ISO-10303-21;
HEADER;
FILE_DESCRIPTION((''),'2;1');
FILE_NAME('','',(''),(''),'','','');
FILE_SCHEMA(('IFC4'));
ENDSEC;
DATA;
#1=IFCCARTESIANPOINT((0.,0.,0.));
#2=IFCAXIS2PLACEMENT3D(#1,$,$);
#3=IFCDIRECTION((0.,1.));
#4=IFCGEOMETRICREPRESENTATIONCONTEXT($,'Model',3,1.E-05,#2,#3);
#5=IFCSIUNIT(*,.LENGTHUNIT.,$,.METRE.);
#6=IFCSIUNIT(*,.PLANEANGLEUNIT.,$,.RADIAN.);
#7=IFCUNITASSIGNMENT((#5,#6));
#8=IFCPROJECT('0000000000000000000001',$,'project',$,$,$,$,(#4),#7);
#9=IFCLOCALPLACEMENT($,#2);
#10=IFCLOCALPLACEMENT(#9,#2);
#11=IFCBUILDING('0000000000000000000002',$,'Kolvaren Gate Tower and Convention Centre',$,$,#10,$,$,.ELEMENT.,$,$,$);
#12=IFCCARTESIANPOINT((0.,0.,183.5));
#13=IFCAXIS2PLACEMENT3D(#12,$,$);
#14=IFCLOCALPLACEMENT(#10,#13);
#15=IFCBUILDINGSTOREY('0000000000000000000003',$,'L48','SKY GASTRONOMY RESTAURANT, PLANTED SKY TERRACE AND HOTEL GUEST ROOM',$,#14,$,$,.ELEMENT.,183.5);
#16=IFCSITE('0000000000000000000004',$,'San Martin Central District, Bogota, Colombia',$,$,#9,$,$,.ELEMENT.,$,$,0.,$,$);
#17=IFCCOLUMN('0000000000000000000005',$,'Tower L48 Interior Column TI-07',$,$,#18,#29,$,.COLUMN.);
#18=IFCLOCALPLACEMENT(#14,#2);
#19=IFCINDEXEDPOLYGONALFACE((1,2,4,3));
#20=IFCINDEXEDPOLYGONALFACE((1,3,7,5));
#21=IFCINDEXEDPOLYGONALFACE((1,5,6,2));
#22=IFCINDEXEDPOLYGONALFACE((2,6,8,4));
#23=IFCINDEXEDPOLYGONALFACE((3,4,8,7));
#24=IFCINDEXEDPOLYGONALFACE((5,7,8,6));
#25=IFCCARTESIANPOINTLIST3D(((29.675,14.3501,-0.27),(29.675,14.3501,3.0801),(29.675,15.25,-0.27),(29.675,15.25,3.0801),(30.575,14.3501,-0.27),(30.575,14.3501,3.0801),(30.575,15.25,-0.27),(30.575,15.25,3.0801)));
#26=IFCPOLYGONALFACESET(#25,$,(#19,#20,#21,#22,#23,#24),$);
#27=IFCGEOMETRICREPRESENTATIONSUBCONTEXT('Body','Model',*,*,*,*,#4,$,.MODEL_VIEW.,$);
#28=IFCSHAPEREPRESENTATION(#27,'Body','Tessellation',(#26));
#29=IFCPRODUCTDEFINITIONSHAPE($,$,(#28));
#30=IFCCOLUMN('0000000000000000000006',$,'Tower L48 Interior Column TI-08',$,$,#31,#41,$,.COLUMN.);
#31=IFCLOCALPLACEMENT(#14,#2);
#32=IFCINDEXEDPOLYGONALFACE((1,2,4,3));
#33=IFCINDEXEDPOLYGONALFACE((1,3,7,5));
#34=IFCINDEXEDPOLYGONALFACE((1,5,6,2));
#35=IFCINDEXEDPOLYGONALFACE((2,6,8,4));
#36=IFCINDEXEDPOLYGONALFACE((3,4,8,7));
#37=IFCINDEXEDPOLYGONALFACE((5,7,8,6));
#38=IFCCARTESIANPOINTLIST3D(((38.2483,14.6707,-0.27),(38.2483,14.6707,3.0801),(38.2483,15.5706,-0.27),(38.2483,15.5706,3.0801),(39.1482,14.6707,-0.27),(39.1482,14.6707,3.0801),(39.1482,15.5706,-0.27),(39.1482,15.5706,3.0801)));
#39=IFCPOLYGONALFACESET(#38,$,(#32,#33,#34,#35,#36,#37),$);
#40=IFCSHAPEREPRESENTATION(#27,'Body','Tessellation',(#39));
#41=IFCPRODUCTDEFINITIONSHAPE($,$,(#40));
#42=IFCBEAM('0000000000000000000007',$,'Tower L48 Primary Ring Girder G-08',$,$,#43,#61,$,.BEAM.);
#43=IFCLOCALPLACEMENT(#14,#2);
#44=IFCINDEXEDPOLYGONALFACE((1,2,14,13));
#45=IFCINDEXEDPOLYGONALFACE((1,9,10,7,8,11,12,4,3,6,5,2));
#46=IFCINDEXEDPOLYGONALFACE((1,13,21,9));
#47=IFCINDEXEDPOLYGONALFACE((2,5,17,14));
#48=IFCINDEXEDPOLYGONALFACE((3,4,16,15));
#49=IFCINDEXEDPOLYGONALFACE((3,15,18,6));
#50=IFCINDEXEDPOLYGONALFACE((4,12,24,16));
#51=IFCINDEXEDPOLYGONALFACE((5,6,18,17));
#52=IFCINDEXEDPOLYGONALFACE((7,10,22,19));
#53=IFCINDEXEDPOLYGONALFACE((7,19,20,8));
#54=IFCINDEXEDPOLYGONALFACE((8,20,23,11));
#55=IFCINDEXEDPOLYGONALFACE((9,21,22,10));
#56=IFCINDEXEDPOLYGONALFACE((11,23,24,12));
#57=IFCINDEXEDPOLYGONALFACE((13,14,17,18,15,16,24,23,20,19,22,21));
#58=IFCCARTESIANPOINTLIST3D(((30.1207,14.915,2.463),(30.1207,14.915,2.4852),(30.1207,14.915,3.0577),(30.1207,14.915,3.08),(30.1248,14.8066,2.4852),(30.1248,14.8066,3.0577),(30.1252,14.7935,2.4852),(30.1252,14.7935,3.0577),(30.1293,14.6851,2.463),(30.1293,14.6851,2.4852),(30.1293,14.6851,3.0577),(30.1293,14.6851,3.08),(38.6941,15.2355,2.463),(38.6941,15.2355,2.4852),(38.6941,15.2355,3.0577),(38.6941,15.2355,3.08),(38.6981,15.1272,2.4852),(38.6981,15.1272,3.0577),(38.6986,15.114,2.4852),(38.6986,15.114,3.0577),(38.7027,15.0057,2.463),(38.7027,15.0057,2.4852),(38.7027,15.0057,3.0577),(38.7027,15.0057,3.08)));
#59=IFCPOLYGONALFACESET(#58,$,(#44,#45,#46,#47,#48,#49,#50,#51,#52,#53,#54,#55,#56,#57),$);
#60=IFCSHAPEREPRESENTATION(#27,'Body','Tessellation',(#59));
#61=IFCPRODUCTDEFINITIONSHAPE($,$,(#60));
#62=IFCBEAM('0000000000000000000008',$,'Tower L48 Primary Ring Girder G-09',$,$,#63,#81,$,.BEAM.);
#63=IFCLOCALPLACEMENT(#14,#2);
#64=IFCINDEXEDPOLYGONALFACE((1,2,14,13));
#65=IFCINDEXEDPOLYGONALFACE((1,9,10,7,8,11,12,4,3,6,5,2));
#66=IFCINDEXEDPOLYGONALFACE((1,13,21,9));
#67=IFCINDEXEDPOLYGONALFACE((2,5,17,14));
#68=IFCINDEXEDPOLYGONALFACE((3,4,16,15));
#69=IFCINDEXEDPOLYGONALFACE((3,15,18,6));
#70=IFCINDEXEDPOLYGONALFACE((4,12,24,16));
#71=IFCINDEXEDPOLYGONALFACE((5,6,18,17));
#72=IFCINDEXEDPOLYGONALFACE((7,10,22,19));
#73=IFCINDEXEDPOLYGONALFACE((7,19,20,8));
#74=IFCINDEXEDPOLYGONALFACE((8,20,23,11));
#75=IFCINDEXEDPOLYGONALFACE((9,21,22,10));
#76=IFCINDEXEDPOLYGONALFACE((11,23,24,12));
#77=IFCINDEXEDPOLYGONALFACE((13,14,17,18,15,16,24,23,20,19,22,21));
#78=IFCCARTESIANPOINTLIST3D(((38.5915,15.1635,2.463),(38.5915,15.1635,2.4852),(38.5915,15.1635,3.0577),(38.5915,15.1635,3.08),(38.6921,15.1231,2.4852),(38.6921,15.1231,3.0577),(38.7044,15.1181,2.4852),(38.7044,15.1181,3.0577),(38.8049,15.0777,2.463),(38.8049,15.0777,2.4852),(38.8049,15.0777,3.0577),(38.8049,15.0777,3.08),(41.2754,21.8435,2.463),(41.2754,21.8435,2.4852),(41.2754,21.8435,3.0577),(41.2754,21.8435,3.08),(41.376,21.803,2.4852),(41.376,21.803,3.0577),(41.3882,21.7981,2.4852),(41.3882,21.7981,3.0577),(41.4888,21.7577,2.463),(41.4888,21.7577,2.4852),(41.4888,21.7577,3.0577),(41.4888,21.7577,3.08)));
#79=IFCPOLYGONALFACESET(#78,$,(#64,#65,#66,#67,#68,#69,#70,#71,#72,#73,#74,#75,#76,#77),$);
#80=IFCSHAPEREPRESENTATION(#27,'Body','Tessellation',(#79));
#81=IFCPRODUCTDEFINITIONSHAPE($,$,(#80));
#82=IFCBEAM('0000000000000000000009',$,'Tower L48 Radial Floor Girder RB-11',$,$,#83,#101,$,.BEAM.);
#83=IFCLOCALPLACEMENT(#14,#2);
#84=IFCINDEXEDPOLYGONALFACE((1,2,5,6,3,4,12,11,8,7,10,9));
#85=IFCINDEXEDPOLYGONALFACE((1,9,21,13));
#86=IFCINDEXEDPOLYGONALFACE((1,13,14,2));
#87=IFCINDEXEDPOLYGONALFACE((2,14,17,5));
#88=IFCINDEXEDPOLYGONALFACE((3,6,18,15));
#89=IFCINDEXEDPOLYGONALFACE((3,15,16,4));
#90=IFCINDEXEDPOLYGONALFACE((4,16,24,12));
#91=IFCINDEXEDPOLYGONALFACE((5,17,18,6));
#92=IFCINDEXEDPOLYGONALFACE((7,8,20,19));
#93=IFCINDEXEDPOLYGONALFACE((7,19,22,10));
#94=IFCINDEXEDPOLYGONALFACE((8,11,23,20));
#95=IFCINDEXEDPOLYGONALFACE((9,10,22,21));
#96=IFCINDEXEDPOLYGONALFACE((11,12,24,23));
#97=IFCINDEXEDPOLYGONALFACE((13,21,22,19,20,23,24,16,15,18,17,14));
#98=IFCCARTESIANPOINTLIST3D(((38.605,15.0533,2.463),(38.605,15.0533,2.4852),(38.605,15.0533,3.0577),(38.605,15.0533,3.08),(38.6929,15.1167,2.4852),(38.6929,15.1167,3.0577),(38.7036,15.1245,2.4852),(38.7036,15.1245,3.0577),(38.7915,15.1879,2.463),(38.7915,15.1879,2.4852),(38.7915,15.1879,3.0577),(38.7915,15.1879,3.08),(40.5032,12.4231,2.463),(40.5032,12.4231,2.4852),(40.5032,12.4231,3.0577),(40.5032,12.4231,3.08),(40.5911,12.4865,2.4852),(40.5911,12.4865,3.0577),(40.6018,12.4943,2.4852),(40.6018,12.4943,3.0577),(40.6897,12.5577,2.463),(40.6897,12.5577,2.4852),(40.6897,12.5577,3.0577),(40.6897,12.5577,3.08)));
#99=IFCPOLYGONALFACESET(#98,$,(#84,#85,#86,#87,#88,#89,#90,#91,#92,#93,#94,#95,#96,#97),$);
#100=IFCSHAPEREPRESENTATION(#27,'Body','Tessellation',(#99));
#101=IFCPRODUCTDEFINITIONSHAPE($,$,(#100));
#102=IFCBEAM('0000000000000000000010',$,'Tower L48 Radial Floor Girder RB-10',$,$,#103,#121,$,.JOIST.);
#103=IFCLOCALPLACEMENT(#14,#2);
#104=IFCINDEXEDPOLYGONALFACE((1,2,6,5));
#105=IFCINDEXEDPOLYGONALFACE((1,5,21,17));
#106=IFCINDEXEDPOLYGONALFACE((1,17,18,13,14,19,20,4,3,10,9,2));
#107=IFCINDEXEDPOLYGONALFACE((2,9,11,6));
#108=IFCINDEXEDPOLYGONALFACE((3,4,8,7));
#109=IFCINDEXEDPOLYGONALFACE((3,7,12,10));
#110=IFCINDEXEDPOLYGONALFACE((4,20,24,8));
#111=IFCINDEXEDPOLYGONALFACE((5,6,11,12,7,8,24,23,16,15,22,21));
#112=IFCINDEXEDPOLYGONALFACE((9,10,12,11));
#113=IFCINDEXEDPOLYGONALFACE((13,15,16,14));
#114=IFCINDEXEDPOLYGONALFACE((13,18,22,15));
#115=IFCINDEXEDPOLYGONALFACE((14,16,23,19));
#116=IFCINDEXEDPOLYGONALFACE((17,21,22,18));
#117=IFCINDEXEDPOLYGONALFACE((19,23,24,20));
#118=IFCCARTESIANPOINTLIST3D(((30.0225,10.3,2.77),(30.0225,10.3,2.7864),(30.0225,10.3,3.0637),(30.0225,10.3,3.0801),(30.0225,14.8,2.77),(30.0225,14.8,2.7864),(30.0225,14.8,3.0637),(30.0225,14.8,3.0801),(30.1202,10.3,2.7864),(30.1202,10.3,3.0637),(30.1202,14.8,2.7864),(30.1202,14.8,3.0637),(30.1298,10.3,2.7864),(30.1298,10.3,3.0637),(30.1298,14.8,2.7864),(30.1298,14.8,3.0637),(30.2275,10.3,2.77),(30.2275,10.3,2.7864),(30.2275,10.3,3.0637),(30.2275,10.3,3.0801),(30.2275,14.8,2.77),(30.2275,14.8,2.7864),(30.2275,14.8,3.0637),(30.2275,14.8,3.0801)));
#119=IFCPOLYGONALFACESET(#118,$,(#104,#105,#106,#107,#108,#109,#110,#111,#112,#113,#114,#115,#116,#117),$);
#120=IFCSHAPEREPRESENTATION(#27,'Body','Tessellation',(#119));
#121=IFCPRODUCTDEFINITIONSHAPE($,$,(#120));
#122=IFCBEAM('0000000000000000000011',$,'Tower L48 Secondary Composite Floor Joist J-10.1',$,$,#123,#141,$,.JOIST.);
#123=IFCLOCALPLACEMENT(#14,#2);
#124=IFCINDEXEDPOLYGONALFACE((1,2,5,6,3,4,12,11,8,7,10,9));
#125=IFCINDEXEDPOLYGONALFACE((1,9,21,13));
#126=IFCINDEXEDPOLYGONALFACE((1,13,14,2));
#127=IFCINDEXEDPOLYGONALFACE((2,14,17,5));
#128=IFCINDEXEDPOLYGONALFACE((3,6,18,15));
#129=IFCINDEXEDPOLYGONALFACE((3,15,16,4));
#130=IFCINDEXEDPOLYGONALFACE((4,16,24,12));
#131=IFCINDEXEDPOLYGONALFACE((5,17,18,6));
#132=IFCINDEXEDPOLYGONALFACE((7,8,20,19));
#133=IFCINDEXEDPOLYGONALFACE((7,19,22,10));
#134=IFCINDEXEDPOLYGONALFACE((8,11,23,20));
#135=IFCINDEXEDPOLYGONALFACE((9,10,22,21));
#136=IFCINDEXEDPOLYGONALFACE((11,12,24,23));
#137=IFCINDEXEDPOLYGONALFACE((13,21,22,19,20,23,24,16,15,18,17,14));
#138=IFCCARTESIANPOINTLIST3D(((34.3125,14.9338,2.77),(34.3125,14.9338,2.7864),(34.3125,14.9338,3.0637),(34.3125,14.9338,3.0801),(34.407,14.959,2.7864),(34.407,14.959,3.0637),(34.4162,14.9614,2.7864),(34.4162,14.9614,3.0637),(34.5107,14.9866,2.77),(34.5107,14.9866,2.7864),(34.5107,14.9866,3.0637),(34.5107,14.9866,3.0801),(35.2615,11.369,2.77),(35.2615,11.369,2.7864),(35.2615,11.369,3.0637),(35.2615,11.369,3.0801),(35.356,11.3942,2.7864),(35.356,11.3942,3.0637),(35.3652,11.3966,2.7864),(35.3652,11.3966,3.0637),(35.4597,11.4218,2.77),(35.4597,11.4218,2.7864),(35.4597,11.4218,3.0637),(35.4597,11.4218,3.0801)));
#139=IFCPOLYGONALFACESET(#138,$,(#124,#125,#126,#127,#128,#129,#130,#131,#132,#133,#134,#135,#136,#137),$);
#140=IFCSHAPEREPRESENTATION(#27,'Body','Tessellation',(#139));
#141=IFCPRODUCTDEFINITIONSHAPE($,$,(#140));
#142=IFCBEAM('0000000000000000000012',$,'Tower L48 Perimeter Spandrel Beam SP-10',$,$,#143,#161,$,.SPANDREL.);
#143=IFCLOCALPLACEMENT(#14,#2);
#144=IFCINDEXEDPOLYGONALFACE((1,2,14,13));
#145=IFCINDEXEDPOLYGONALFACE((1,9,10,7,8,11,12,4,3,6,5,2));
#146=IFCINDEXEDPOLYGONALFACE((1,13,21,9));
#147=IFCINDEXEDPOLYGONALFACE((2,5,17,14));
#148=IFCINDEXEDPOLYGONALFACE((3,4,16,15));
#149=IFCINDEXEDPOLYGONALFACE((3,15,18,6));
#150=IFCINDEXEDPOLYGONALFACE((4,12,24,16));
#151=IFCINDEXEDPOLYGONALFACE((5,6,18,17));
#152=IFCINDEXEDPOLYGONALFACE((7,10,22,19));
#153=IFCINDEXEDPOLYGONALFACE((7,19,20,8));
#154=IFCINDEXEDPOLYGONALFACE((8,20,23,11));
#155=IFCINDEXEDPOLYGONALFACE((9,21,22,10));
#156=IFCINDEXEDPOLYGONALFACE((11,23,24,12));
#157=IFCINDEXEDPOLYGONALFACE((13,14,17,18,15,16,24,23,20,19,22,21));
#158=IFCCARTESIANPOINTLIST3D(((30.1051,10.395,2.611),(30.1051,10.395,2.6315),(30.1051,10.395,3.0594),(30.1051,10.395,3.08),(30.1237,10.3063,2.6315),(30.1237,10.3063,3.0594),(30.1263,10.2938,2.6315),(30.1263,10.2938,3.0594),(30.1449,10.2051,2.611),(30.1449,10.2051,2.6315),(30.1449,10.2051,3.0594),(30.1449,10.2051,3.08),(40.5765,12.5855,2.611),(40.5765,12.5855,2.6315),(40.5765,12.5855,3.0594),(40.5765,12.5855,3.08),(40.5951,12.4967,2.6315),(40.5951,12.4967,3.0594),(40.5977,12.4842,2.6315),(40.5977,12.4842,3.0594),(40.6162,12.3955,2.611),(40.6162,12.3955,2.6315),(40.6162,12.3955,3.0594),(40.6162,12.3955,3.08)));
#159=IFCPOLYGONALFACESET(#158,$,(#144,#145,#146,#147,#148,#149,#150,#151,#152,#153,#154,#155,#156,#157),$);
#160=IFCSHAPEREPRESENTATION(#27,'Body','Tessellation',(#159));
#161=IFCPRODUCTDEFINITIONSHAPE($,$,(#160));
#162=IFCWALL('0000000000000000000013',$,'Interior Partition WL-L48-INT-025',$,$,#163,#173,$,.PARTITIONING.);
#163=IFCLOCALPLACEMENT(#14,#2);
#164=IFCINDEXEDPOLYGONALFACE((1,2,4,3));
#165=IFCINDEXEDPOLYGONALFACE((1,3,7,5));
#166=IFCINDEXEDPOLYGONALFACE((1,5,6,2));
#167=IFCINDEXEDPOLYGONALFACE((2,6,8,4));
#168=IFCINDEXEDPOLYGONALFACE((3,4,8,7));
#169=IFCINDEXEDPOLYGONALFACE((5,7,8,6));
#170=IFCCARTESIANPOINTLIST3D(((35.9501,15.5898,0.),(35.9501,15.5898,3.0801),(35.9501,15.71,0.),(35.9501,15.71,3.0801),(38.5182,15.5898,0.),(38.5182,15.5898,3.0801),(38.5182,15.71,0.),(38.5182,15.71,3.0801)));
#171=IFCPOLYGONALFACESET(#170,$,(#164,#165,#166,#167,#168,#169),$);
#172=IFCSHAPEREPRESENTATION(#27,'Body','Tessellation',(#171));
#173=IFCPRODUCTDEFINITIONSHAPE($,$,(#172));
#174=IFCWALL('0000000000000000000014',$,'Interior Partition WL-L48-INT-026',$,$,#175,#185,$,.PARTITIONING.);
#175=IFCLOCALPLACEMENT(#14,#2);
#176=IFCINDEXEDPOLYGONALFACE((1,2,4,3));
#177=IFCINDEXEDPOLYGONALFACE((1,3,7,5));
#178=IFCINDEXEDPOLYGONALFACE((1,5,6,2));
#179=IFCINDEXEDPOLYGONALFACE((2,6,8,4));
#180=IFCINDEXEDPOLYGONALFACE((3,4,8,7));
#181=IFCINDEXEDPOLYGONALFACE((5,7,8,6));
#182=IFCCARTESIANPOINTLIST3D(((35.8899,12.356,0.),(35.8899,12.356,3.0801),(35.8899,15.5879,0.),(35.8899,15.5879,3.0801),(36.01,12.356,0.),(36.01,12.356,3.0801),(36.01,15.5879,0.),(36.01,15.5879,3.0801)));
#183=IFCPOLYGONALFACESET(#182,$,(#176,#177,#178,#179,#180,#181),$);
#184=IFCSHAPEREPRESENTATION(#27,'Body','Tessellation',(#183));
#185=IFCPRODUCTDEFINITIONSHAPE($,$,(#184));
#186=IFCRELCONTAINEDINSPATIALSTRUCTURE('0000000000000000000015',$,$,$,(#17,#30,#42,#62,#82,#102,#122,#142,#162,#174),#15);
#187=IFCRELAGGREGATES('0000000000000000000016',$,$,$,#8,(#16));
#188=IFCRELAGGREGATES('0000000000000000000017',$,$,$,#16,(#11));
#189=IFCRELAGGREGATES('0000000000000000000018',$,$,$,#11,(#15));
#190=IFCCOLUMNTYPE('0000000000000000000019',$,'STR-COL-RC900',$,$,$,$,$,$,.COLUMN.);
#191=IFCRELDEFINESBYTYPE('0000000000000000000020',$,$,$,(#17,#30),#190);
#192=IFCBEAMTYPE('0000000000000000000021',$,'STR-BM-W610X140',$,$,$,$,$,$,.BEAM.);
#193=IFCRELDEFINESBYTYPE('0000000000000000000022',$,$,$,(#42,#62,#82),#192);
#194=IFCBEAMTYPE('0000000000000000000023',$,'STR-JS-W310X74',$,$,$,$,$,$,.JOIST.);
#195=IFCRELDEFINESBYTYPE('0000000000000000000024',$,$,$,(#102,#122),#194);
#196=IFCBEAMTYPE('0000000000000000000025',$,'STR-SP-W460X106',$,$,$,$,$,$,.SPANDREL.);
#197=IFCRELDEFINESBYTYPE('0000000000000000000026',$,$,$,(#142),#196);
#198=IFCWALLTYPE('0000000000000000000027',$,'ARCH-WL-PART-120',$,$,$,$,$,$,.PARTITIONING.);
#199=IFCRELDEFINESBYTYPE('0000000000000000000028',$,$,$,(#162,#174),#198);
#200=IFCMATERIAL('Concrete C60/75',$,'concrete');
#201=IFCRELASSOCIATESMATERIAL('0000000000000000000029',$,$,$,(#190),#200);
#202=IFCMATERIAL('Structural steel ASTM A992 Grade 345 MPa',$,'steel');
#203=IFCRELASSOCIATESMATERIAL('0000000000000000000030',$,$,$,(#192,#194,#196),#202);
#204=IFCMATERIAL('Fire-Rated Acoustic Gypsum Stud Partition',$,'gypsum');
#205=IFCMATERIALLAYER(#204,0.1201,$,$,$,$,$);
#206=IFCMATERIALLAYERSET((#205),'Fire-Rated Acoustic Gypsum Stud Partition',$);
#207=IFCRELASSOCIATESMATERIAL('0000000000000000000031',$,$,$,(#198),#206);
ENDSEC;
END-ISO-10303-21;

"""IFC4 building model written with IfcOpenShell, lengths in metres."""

from ifc_helpers import new_model, si_unit, direction, frame, frame_2d, origin, origin_2d, place, context, subcontext, project, spatial, rectangle, i_section, extrude, material, layer, layer_set, material_profile, profile_set, type_object, element, save


model = new_model("IFC4")

# Units and contexts
model_context = context("Model", 3, precision=1e-05, world=origin(), true_north=direction((0.0, 1.0)))
body_context = subcontext(model_context, "Body", "Model", "MODEL_VIEW")
ifc_project = project(units=[si_unit("LENGTHUNIT", "METRE"), si_unit("PLANEANGLEUNIT", "RADIAN")], contexts=[model_context])

# Site, building, storey
site_placement = place(None, origin())
site = spatial("IfcSite", under=ifc_project, at=site_placement, Name="San Martin Central District, Bogota, Colombia", CompositionType="ELEMENT", RefElevation=0.0)
building_placement = place(site_placement, origin())
building = spatial("IfcBuilding", under=site, at=building_placement, Name="Kolvaren Gate Tower and Convention Centre", CompositionType="ELEMENT")
storey_placement = place(building_placement, frame((0.0, 0.0, 183.5)))
storey = spatial("IfcBuildingStorey", under=building, at=storey_placement, Name="L48", Description="SKY GASTRONOMY RESTAURANT, PLANTED SKY TERRACE AND HOTEL GUEST ROOM", CompositionType="ELEMENT", Elevation=183.5)

# Columns
ifc_material_1 = material(Name="Concrete C60/75", Category="concrete")
ifc_material_profile_1 = material_profile(ifc_material_1, rectangle(XDim=0.8999, YDim=0.8999, at=origin_2d()), Name="RC-COL-900X900")
ifc_profile_set_1 = profile_set([ifc_material_profile_1], Name="Concrete C60/75")
column_type = type_object("IfcColumnType", Name="STR-COL-RC900", PredefinedType="COLUMN", material=ifc_profile_set_1)
for number, where, z_axis, x_axis, name in (
    (1, (30.125, 14.8, -0.27), (0.0, 0.0, 1.0), (1.0, 0.0, 0.0), "Tower L48 Interior Column TI-07"),
    (2, (38.6982, 15.1206, -0.27), (0.0, 0.0, 1.0), (1.0, 0.0, 0.0), "Tower L48 Interior Column TI-08"),
):
    element("IfcColumn", number, at=place(storey_placement, frame(where, z_axis=z_axis, x_axis=x_axis)), inside=storey, type_object=column_type, Name=name, PredefinedType="COLUMN", context=body_context, shape_type="SweptSolid", body=[
        extrude(rectangle(XDim=0.8999, YDim=0.8999, at=origin_2d()), origin(), (0.0, 0.0, 1.0), 3.3501),
    ])

# Beams
ifc_material_2 = material(Name="Structural steel ASTM A992 Grade 345 MPa", Category="steel")
ifc_material_profile_2 = material_profile(ifc_material_2, i_section(OverallWidth=0.23, OverallDepth=0.6169, WebThickness=0.0132, FlangeThickness=0.0222, at=origin_2d()), Name="W610X140")
ifc_profile_set_2 = profile_set([ifc_material_profile_2], Name="Structural steel ASTM A992 Grade 345 MPa")
beam_type_1 = type_object("IfcBeamType", Name="STR-BM-W610X140", PredefinedType="BEAM", material=ifc_profile_set_2)
beam_1_placement = place(storey_placement, frame((30.125, 14.8, 2.7715), z_axis=(0.999302, 0.037364, 0.0), x_axis=(-0.037364, 0.999302, 0.0)))
element("IfcBeam", 3, at=beam_1_placement, inside=storey, type_object=beam_type_1, Name="Tower L48 Primary Ring Girder G-08", PredefinedType="BEAM", context=body_context, shape_type="SweptSolid", body=[
    extrude(i_section(OverallWidth=0.23, OverallDepth=0.6169, WebThickness=0.0132, FlangeThickness=0.0222, at=origin_2d()), origin(), (0.0, 0.0, 1.0), 8.5793),
])
beam_2_placement = place(storey_placement, frame((38.6982, 15.1206, 2.7715), z_axis=(0.372811, 0.927907, 0.0), x_axis=(-0.927907, 0.372811, 0.0)))
element("IfcBeam", 4, at=beam_2_placement, inside=storey, type_object=beam_type_1, Name="Tower L48 Primary Ring Girder G-09", PredefinedType="BEAM", context=body_context, shape_type="SweptSolid", body=[
    extrude(i_section(OverallWidth=0.23, OverallDepth=0.6169, WebThickness=0.0132, FlangeThickness=0.0222, at=origin_2d()), origin(), (0.0, 0.0, 1.0), 7.199),
])
beam_3_placement = place(storey_placement, frame((38.6982, 15.1206, 2.7715), z_axis=(0.585218, -0.810876, 0.0), x_axis=(0.810876, 0.585218, 0.0)))
element("IfcBeam", 5, at=beam_3_placement, inside=storey, type_object=beam_type_1, Name="Tower L48 Radial Floor Girder RB-11", PredefinedType="BEAM", context=body_context, shape_type="SweptSolid", body=[
    extrude(i_section(OverallWidth=0.23, OverallDepth=0.6169, WebThickness=0.0132, FlangeThickness=0.0222, at=origin_2d()), origin(), (0.0, 0.0, 1.0), 3.2437),
])
ifc_material_profile_3 = material_profile(ifc_material_2, i_section(OverallWidth=0.2051, OverallDepth=0.3101, WebThickness=0.0095, FlangeThickness=0.0164, at=origin_2d()), Name="W310X74")
ifc_profile_set_3 = profile_set([ifc_material_profile_3], Name="Structural steel ASTM A992 Grade 345 MPa")
beam_type_2 = type_object("IfcBeamType", Name="STR-JS-W310X74", PredefinedType="JOIST", material=ifc_profile_set_3)
beam_4_placement = place(storey_placement, frame((30.125, 14.8, 2.925), z_axis=(0.0, -1.0, 0.0), x_axis=(1.0, 0.0, 0.0)))
element("IfcBeam", 6, at=beam_4_placement, inside=storey, type_object=beam_type_2, Name="Tower L48 Radial Floor Girder RB-10", PredefinedType="JOIST", context=body_context, shape_type="SweptSolid", body=[
    extrude(i_section(OverallWidth=0.2051, OverallDepth=0.3101, WebThickness=0.0095, FlangeThickness=0.0164, at=origin_2d()), origin(), (0.0, 0.0, 1.0), 4.5),
])
beam_5_placement = place(storey_placement, frame((34.4116, 14.9602, 2.925), z_axis=(0.257238, -0.966348, 0.0), x_axis=(0.966348, 0.257238, 0.0)))
element("IfcBeam", 7, at=beam_5_placement, inside=storey, type_object=beam_type_2, Name="Tower L48 Secondary Composite Floor Joist J-10.1", PredefinedType="JOIST", context=body_context, shape_type="SweptSolid", body=[
    extrude(i_section(OverallWidth=0.2051, OverallDepth=0.3101, WebThickness=0.0095, FlangeThickness=0.0164, at=origin_2d()), origin(), (0.0, 0.0, 1.0), 3.689),
])
ifc_material_profile_4 = material_profile(ifc_material_2, i_section(OverallWidth=0.1941, OverallDepth=0.469, WebThickness=0.0127, FlangeThickness=0.0205, at=origin_2d()), Name="W460X106")
ifc_profile_set_4 = profile_set([ifc_material_profile_4], Name="Structural steel ASTM A992 Grade 345 MPa")
beam_type_3 = type_object("IfcBeamType", Name="STR-SP-W460X106", PredefinedType="SPANDREL", material=ifc_profile_set_4)
beam_6_placement = place(storey_placement, frame((30.125, 10.3, 2.8455), z_axis=(0.978814, 0.20475, 0.0), x_axis=(-0.20475, 0.978814, 0.0)))
element("IfcBeam", 8, at=beam_6_placement, inside=storey, type_object=beam_type_3, Name="Tower L48 Perimeter Spandrel Beam SP-10", PredefinedType="SPANDREL", context=body_context, shape_type="SweptSolid", body=[
    extrude(i_section(OverallWidth=0.1941, OverallDepth=0.469, WebThickness=0.0127, FlangeThickness=0.0205, at=origin_2d()), origin(), (0.0, 0.0, 1.0), 10.698),
])

# Walls
ifc_material_3 = material(Name="Fire-Rated Acoustic Gypsum Stud Partition", Category="gypsum")
ifc_layer_1 = layer(ifc_material_3, 0.1201)
ifc_layer_set_1 = layer_set([ifc_layer_1], Name="Fire-Rated Acoustic Gypsum Stud Partition")
wall_type_1 = type_object("IfcWallType", Name="ARCH-WL-PART-120", PredefinedType="PARTITIONING", material=ifc_layer_set_1)
wall_1_placement = place(storey_placement, frame((35.95, 15.6499, 0.0), z_axis=(0.0, 0.0, 1.0), x_axis=(1.0, 0.0, 0.0)))
element("IfcWall", 9, at=wall_1_placement, inside=storey, type_object=wall_type_1, Name="Interior Partition WL-L48-INT-025", PredefinedType="PARTITIONING", context=body_context, shape_type="SweptSolid", body=[
    extrude(rectangle(XDim=2.5681, YDim=0.1201, at=frame_2d((1.2842, 0.0))), origin(), (0.0, 0.0, 1.0), 3.0801),
])
wall_2_placement = place(storey_placement, frame((35.95, 12.356, 0.0), z_axis=(0.0, 0.0, 1.0), x_axis=(0.0, 1.0, 0.0)))
element("IfcWall", 10, at=wall_2_placement, inside=storey, type_object=wall_type_1, Name="Interior Partition WL-L48-INT-026", PredefinedType="PARTITIONING", context=body_context, shape_type="SweptSolid", body=[
    extrude(rectangle(XDim=3.2319, YDim=0.1201, at=frame_2d((1.616, 0.0))), origin(), (0.0, 0.0, 1.0), 3.0801),
])

save(model, "model.ifc")
